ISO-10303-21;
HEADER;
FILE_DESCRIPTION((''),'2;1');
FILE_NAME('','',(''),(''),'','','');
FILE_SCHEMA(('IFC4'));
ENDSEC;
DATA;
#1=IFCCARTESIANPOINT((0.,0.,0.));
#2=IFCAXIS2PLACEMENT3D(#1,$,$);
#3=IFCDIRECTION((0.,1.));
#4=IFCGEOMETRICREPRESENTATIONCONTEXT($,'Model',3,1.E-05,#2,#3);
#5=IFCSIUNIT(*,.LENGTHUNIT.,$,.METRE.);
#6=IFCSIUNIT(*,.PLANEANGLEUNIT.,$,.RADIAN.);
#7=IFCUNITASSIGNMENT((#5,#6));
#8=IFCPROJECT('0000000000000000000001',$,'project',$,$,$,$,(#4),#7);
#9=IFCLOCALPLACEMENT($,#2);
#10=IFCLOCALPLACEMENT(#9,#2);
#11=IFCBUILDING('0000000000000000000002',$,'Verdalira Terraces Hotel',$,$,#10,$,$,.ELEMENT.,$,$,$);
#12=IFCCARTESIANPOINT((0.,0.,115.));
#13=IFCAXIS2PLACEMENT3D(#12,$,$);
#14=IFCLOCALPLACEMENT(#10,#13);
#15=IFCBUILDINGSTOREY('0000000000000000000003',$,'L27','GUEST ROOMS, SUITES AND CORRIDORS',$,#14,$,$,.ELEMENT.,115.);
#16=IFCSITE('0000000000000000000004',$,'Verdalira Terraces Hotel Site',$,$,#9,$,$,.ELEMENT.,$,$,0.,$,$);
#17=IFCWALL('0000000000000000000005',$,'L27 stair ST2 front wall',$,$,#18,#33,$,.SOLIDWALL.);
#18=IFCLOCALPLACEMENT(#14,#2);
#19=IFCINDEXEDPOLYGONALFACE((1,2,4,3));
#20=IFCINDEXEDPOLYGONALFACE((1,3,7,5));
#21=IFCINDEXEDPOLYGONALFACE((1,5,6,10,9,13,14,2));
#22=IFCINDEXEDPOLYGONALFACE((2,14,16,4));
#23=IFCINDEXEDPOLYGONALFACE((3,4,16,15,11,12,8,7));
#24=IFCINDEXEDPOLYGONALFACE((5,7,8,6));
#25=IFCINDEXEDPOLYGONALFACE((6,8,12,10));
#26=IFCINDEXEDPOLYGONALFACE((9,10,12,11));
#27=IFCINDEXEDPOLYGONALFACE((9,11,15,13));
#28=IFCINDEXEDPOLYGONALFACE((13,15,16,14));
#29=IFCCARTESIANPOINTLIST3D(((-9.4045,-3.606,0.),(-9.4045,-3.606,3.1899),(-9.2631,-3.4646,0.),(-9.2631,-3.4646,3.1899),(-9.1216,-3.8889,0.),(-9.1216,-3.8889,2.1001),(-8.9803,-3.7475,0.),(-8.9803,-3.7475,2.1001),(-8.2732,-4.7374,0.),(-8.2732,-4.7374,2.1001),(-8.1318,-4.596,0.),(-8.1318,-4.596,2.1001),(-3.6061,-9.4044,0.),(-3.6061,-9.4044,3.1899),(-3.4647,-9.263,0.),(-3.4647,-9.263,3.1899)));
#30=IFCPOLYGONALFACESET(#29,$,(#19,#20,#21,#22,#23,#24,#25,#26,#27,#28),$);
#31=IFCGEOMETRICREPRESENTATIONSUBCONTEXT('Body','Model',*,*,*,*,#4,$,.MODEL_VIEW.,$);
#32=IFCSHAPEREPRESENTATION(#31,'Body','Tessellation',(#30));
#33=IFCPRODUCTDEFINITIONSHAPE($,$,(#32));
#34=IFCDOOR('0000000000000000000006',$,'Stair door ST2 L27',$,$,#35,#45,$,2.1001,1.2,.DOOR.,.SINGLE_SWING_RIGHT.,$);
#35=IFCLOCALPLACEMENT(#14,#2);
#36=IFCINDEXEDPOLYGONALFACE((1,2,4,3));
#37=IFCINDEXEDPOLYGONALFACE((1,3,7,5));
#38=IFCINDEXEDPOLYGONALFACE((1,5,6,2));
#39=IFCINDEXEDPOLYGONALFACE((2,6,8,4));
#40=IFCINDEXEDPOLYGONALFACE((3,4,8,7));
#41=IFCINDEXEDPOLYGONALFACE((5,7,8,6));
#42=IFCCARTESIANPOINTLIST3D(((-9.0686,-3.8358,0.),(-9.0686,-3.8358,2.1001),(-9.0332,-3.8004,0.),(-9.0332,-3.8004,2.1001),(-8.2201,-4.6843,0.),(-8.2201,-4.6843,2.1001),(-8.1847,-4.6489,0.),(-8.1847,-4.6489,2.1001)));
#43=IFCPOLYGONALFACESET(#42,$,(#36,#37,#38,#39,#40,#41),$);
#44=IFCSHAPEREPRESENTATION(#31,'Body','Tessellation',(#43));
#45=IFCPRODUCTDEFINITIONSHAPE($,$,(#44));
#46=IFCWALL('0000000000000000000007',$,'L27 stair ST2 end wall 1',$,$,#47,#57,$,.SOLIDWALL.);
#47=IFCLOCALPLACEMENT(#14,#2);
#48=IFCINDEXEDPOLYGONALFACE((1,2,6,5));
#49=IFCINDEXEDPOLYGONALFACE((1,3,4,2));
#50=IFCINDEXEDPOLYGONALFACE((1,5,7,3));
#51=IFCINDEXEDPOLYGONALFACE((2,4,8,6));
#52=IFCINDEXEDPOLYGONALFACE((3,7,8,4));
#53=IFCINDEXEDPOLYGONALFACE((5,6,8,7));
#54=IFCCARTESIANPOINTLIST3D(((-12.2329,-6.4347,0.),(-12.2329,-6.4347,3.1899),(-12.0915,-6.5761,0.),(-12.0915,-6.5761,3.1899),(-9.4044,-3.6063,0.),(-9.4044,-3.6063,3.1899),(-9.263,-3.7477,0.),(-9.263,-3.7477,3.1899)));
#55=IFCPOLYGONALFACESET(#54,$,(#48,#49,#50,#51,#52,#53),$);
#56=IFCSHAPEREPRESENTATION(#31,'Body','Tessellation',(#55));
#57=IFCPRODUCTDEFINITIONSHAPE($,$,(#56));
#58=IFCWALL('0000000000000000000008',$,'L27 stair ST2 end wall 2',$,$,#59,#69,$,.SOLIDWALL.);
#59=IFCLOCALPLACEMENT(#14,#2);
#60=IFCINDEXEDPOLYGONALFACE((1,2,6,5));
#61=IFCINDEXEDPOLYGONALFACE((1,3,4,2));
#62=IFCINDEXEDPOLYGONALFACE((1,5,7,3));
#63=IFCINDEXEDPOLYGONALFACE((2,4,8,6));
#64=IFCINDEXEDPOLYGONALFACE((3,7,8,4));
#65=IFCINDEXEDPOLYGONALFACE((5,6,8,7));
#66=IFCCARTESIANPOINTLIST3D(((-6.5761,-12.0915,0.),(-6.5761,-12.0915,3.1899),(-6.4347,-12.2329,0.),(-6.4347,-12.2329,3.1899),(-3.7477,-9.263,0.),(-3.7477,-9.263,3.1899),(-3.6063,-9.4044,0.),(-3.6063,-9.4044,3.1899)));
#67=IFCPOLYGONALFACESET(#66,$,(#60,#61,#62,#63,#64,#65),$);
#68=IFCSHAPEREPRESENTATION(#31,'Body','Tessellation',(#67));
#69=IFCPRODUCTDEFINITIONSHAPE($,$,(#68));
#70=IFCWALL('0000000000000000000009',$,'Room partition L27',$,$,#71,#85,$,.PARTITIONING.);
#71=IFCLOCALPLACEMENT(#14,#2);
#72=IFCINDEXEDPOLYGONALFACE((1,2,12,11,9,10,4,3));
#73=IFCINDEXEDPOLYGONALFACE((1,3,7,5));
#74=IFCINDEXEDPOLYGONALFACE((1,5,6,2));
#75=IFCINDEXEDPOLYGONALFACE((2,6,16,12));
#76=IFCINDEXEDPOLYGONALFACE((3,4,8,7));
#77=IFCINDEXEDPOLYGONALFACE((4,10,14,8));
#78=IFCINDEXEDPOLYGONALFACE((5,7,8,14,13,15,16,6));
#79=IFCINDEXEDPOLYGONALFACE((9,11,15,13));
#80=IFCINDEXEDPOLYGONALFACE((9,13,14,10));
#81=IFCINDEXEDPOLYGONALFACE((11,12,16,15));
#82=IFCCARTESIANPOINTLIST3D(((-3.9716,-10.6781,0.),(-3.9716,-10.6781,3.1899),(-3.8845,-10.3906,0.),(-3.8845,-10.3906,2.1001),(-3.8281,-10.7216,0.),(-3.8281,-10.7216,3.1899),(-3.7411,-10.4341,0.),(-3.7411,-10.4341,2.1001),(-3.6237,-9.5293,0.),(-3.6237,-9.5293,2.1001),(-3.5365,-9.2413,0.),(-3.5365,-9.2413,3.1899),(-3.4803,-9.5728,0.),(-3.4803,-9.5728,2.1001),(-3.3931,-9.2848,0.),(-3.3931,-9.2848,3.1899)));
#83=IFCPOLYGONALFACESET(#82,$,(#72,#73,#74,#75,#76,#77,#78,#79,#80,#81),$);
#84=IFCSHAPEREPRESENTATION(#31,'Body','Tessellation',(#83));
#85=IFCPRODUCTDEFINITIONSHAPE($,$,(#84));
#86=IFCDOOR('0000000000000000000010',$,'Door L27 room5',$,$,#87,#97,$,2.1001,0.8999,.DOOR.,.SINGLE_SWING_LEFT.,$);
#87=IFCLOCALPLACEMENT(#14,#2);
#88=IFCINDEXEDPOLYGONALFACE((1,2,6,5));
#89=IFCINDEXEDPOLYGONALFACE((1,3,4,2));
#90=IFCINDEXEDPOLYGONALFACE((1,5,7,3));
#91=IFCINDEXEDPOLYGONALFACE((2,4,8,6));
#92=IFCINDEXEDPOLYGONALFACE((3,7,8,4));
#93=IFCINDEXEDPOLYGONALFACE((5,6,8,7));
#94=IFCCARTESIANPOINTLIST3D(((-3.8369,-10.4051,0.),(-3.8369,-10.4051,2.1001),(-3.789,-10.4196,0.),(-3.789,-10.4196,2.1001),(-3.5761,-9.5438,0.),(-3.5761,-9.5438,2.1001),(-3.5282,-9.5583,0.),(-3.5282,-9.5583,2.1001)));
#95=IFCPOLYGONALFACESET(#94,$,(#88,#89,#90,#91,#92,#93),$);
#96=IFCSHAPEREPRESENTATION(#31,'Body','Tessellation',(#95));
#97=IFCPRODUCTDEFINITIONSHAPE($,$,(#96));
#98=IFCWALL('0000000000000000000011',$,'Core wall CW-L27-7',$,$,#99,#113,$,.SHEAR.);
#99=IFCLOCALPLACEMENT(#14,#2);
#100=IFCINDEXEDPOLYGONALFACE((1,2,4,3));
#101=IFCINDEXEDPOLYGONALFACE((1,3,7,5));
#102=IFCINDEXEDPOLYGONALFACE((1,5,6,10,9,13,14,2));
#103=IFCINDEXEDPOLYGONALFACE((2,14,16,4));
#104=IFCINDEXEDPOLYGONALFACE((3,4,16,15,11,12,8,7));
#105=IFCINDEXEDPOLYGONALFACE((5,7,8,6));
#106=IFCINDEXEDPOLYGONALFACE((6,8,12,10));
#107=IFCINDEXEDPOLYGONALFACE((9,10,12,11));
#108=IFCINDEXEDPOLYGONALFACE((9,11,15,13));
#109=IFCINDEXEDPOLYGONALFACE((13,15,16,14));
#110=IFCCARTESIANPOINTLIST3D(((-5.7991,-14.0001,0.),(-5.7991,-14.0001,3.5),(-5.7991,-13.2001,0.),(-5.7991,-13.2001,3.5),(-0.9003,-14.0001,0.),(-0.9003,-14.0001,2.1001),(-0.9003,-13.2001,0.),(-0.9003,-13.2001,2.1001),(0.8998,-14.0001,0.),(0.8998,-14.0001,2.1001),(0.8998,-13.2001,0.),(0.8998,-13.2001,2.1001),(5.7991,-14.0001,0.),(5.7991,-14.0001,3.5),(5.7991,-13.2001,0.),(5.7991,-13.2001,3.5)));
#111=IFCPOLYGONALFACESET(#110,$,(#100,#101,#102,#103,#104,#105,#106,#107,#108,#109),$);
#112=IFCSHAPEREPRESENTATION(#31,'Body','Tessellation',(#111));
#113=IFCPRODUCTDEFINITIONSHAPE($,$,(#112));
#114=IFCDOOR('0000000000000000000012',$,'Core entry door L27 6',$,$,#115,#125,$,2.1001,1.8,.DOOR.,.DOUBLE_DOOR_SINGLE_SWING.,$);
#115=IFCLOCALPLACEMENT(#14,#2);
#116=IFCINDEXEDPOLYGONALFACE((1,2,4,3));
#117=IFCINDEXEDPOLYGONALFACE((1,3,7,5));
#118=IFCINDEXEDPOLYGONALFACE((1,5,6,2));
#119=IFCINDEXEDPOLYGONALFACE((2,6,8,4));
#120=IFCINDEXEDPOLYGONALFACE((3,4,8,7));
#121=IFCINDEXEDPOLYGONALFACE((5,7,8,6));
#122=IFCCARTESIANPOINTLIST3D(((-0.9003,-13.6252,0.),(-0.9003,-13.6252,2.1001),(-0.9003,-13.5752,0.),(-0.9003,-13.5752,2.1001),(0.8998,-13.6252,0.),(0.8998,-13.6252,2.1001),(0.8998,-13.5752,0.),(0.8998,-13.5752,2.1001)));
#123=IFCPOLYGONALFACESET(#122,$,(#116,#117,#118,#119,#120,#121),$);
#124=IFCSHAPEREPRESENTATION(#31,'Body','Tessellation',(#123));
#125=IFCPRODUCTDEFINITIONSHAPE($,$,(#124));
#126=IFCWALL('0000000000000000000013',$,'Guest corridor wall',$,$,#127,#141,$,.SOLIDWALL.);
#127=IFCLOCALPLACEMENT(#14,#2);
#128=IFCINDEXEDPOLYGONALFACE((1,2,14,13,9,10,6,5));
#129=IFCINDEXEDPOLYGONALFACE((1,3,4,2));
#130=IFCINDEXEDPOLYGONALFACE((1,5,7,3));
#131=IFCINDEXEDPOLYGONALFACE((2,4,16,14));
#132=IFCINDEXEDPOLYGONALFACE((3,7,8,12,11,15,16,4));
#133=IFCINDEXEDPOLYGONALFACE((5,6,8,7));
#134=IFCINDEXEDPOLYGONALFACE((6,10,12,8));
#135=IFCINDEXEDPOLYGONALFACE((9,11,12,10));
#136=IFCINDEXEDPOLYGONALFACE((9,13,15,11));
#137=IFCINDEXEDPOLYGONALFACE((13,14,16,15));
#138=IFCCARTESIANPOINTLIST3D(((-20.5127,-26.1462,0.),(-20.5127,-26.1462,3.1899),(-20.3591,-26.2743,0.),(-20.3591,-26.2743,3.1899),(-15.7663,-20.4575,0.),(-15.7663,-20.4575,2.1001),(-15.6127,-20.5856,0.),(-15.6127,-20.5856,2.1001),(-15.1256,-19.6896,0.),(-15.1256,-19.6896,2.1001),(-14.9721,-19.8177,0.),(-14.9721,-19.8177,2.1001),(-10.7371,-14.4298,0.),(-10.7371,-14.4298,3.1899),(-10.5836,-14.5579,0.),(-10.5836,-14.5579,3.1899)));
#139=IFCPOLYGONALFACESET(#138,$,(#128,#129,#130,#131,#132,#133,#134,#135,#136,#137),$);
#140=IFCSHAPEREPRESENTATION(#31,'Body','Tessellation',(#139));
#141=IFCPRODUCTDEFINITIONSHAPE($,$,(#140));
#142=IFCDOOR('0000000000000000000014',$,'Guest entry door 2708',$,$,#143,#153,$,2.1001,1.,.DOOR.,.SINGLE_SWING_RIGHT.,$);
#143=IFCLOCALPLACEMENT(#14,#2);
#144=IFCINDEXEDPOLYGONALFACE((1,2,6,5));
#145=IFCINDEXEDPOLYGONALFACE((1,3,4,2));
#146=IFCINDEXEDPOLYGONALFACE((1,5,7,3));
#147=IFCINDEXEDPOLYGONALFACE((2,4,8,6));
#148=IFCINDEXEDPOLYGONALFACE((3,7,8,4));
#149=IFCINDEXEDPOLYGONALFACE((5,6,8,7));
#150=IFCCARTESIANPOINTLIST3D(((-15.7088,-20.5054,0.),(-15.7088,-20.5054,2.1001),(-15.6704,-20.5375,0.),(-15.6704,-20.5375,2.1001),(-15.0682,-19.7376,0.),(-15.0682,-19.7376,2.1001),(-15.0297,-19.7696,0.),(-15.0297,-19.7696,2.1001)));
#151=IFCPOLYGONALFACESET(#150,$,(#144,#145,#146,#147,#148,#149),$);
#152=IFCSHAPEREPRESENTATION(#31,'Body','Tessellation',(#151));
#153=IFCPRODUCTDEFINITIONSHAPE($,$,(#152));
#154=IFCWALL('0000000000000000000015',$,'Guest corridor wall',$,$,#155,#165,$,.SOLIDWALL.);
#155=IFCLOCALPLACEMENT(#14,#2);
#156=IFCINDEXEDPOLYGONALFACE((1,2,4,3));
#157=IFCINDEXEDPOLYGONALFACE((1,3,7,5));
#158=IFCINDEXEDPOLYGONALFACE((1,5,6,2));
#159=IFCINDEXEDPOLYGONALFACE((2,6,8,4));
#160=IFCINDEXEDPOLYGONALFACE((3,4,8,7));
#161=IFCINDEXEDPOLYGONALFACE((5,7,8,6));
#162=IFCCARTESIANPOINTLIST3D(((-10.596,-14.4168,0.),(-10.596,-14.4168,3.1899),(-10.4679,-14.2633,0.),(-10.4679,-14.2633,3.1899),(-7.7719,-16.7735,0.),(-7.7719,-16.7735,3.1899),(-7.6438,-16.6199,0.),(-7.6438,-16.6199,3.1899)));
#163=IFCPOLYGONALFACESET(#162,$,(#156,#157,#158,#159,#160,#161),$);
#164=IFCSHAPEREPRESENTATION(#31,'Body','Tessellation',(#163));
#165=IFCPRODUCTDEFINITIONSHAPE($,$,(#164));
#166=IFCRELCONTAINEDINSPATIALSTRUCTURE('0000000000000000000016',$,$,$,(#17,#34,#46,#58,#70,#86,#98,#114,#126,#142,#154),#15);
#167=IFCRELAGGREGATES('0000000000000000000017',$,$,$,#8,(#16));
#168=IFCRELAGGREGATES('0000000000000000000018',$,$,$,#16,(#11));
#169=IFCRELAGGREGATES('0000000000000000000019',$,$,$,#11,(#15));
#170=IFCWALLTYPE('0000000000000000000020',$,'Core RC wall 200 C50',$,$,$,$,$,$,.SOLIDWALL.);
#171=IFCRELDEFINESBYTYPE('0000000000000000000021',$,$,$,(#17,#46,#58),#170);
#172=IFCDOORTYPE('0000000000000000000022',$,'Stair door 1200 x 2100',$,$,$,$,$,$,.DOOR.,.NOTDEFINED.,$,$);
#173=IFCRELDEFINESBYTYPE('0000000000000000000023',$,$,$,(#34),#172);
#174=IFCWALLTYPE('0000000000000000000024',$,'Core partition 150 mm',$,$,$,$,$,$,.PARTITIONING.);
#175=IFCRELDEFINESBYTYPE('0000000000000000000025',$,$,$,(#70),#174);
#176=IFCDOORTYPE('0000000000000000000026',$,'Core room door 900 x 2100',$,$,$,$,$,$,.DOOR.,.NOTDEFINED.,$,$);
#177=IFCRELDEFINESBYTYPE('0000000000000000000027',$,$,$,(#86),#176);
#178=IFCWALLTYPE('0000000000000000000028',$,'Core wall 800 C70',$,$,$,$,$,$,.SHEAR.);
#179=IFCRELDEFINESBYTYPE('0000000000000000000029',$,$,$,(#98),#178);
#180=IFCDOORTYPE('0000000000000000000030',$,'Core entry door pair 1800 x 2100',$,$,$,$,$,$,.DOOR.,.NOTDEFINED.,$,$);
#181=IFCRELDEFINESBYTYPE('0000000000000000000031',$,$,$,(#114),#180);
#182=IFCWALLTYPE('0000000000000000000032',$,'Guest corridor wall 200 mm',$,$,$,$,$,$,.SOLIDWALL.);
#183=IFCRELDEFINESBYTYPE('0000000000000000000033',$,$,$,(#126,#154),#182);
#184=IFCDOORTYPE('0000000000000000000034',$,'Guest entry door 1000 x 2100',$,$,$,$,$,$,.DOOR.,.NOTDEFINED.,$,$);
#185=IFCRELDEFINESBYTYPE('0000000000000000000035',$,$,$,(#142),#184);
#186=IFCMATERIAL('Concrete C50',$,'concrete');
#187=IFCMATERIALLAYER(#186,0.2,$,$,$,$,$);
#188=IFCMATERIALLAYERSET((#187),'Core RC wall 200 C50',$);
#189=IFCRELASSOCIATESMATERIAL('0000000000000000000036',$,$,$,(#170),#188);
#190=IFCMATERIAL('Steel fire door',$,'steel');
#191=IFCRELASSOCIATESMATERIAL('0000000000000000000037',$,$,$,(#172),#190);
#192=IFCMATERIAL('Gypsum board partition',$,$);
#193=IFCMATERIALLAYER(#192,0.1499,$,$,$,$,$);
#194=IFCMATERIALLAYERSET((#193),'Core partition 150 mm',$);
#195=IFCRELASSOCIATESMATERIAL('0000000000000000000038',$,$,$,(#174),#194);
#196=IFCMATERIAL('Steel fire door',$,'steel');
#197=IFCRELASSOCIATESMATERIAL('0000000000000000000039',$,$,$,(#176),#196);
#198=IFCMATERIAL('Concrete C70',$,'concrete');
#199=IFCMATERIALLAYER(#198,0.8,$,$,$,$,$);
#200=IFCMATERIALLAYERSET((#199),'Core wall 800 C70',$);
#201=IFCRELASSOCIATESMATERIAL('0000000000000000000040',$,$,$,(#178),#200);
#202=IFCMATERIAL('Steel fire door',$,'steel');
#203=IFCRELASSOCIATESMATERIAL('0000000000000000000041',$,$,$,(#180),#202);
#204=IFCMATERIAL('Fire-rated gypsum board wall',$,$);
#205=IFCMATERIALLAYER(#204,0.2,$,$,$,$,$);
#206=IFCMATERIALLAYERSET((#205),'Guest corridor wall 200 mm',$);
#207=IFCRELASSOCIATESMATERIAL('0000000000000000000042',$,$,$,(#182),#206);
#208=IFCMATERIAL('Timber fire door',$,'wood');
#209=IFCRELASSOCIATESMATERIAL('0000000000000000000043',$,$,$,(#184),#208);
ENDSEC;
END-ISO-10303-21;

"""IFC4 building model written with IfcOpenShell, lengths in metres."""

from ifc_helpers import new_model, si_unit, direction, frame, frame_2d, origin, place, context, subcontext, project, spatial, rectangle, extrude, material, layer, layer_set, type_object, element, fill, save


model = new_model("IFC4")

# Units and contexts
model_context = context("Model", 3, precision=1e-05, world=origin(), true_north=direction((0.0, 1.0)))
body_context = subcontext(model_context, "Body", "Model", "MODEL_VIEW")
ifc_project = project(units=[si_unit("LENGTHUNIT", "METRE"), si_unit("PLANEANGLEUNIT", "RADIAN")], contexts=[model_context])

# Site, building, storey
site_placement = place(None, origin())
site = spatial("IfcSite", under=ifc_project, at=site_placement, Name="Verdalira Terraces Hotel Site", CompositionType="ELEMENT", RefElevation=0.0)
building_placement = place(site_placement, origin())
building = spatial("IfcBuilding", under=site, at=building_placement, Name="Verdalira Terraces Hotel", CompositionType="ELEMENT")
storey_placement = place(building_placement, frame((0.0, 0.0, 115.0)))
storey = spatial("IfcBuildingStorey", under=building, at=storey_placement, Name="L27", Description="GUEST ROOMS, SUITES AND CORRIDORS", CompositionType="ELEMENT", Elevation=115.0)

# Wall, opening, door
ifc_material_1 = material(Name="Concrete C50", Category="concrete")
ifc_layer_1 = layer(ifc_material_1, 0.2)
ifc_layer_set_1 = layer_set([ifc_layer_1], Name="Core RC wall 200 C50")
wall_type_1 = type_object("IfcWallType", Name="Core RC wall 200 C50", PredefinedType="SOLIDWALL", material=ifc_layer_set_1)
wall_1_placement = place(storey_placement, frame((-3.5354, -9.3337, 0.0), z_axis=(0.0, 0.0, 1.0), x_axis=(-0.707107, 0.707107, 0.0)))
wall_1 = element("IfcWall", 1, at=wall_1_placement, inside=storey, type_object=wall_type_1, Name="L27 stair ST2 front wall", PredefinedType="SOLIDWALL", context=body_context, shape_type="SweptSolid", body=[
    extrude(rectangle(XDim=8.2002, YDim=0.2, at=frame_2d((4.1001, 0.0))), origin(), (0.0, 0.0, 1.0), 3.1899),
])
opening_1_placement = place(wall_1_placement, frame((6.6001, 0.0, 0.0)))
opening_1 = element("IfcOpeningElement", 2, at=opening_1_placement, cuts=wall_1, PredefinedType="OPENING", context=body_context, shape_type="SweptSolid", body=[
    extrude(rectangle(XDim=1.2, YDim=2.1001, at=frame_2d((0.6001, 1.05))), frame((0.0, 0.1099, 0.0), z_axis=(0.0, -1.0, 0.0), x_axis=(1.0, 0.0, 0.0)), (0.0, 0.0, 1.0), 0.22),
])
ifc_material_2 = material(Name="Steel fire door", Category="steel")
door_type_1 = type_object("IfcDoorType", Name="Stair door 1200 x 2100", OperationType="NOTDEFINED", PredefinedType="DOOR", material=ifc_material_2)
door_1_placement = place(opening_1_placement, origin())
door_1 = element("IfcDoor", 3, at=door_1_placement, inside=storey, type_object=door_type_1, Name="Stair door ST2 L27", OperationType="SINGLE_SWING_RIGHT", OverallHeight=2.1001, OverallWidth=1.2, PredefinedType="DOOR", context=body_context, shape_type="SweptSolid", body=[
    extrude(rectangle(XDim=1.2, YDim=2.1001, at=frame_2d((0.6001, 1.05))), frame((0.0, 0.0249, 0.0), z_axis=(0.0, -1.0, 0.0), x_axis=(1.0, 0.0, 0.0)), (0.0, 0.0, 1.0), 0.05),
])
fill(opening_1, door_1)

# Walls
for number, where, z_axis, x_axis, name in (
    (4, (-9.3337, -3.677, 0.0), (0.0, 0.0, 1.0), (-0.707107, -0.707107, 0.0), "L27 stair ST2 end wall 1"),
    (5, (-3.677, -9.3337, 0.0), (0.0, 0.0, 1.0), (-0.707107, -0.707107, 0.0), "L27 stair ST2 end wall 2"),
):
    element("IfcWall", number, at=place(storey_placement, frame(where, z_axis=z_axis, x_axis=x_axis)), inside=storey, type_object=wall_type_1, Name=name, PredefinedType="SOLIDWALL", context=body_context, shape_type="SweptSolid", body=[
        extrude(rectangle(XDim=4.0, YDim=0.2, at=frame_2d((2.0, 0.0))), origin(), (0.0, 0.0, 1.0), 3.1899),
    ])

# Walls, openings, doors
ifc_material_3 = material(Name="Gypsum board partition")
ifc_layer_2 = layer(ifc_material_3, 0.1499)
ifc_layer_set_2 = layer_set([ifc_layer_2], Name="Core partition 150 mm")
wall_type_2 = type_object("IfcWallType", Name="Core partition 150 mm", PredefinedType="PARTITIONING", material=ifc_layer_set_2)
wall_2_placement = place(storey_placement, frame((-3.4648, -9.2632, 0.0), z_axis=(0.0, 0.0, 1.0), x_axis=(-0.289809, -0.957085, 0.0)))
wall_2 = element("IfcWall", 6, at=wall_2_placement, inside=storey, type_object=wall_type_2, Name="Room partition L27", PredefinedType="PARTITIONING", context=body_context, shape_type="SweptSolid", body=[
    extrude(rectangle(XDim=1.5012, YDim=0.1499, at=frame_2d((0.7505, 0.0))), origin(), (0.0, 0.0, 1.0), 3.1899),
])
opening_2_placement = place(wall_2_placement, frame((0.3008, 0.0, 0.0)))
opening_2 = element("IfcOpeningElement", 7, at=opening_2_placement, cuts=wall_2, PredefinedType="OPENING", context=body_context, shape_type="SweptSolid", body=[
    extrude(rectangle(XDim=0.8999, YDim=2.1001, at=frame_2d((0.45, 1.05))), frame((0.0, 0.085, 0.0), z_axis=(0.0, -1.0, 0.0), x_axis=(1.0, 0.0, 0.0)), (0.0, 0.0, 1.0), 0.1699),
])
ifc_material_4 = material(Name="Steel fire door", Category="steel")
door_type_2 = type_object("IfcDoorType", Name="Core room door 900 x 2100", OperationType="NOTDEFINED", PredefinedType="DOOR", material=ifc_material_4)
door_2_placement = place(opening_2_placement, origin())
door_2 = element("IfcDoor", 8, at=door_2_placement, inside=storey, type_object=door_type_2, Name="Door L27 room5", OperationType="SINGLE_SWING_LEFT", OverallHeight=2.1001, OverallWidth=0.8999, PredefinedType="DOOR", context=body_context, shape_type="SweptSolid", body=[
    extrude(rectangle(XDim=0.8999, YDim=2.1001, at=frame_2d((0.45, 1.05))), frame((0.0, 0.0249, 0.0), z_axis=(0.0, -1.0, 0.0), x_axis=(1.0, 0.0, 0.0)), (0.0, 0.0, 1.0), 0.05),
])
fill(opening_2, door_2)
ifc_material_5 = material(Name="Concrete C70", Category="concrete")
ifc_layer_3 = layer(ifc_material_5, 0.8)
ifc_layer_set_3 = layer_set([ifc_layer_3], Name="Core wall 800 C70")
wall_type_3 = type_object("IfcWallType", Name="Core wall 800 C70", PredefinedType="SHEAR", material=ifc_layer_set_3)
wall_3_placement = place(storey_placement, frame((-5.7991, -13.6001, 0.0), z_axis=(0.0, 0.0, 1.0), x_axis=(1.0, 0.0, 0.0)))
wall_3 = element("IfcWall", 9, at=wall_3_placement, inside=storey, type_object=wall_type_3, Name="Core wall CW-L27-7", PredefinedType="SHEAR", context=body_context, shape_type="SweptSolid", body=[
    extrude(rectangle(XDim=11.5981, YDim=0.8, at=frame_2d((5.7991, 0.0))), origin(), (0.0, 0.0, 1.0), 3.5),
])
opening_3_placement = place(wall_3_placement, frame((4.8989, 0.0, 0.0)))
opening_3 = element("IfcOpeningElement", 10, at=opening_3_placement, cuts=wall_3, PredefinedType="OPENING", context=body_context, shape_type="SweptSolid", body=[
    extrude(rectangle(XDim=1.8, YDim=2.1001, at=frame_2d((0.8999, 1.05))), frame((0.0, 0.4099, 0.0), z_axis=(0.0, -1.0, 0.0), x_axis=(1.0, 0.0, 0.0)), (0.0, 0.0, 1.0), 0.8201),
])
ifc_material_6 = material(Name="Steel fire door", Category="steel")
door_type_3 = type_object("IfcDoorType", Name="Core entry door pair 1800 x 2100", OperationType="NOTDEFINED", PredefinedType="DOOR", material=ifc_material_6)
door_3_placement = place(opening_3_placement, origin())
door_3 = element("IfcDoor", 11, at=door_3_placement, inside=storey, type_object=door_type_3, Name="Core entry door L27 6", OperationType="DOUBLE_DOOR_SINGLE_SWING", OverallHeight=2.1001, OverallWidth=1.8, PredefinedType="DOOR", context=body_context, shape_type="SweptSolid", body=[
    extrude(rectangle(XDim=1.8, YDim=2.1001, at=frame_2d((0.8999, 1.05))), frame((0.0, 0.0249, 0.0), z_axis=(0.0, -1.0, 0.0), x_axis=(1.0, 0.0, 0.0)), (0.0, 0.0, 1.0), 0.05),
])
fill(opening_3, door_3)
ifc_material_7 = material(Name="Fire-rated gypsum board wall")
ifc_layer_4 = layer(ifc_material_7, 0.2)
ifc_layer_set_4 = layer_set([ifc_layer_4], Name="Guest corridor wall 200 mm")
wall_type_4 = type_object("IfcWallType", Name="Guest corridor wall 200 mm", PredefinedType="SOLIDWALL", material=ifc_layer_set_4)
wall_4_placement = place(storey_placement, frame((-10.6604, -14.4939, 0.0), z_axis=(0.0, 0.0, 1.0), x_axis=(-0.640642, -0.76784, 0.0)))
wall_4 = element("IfcWall", 12, at=wall_4_placement, inside=storey, type_object=wall_type_4, Name="Guest corridor wall", PredefinedType="SOLIDWALL", context=body_context, shape_type="SweptSolid", body=[
    extrude(rectangle(XDim=15.259, YDim=0.2, at=frame_2d((7.6294, 0.0))), origin(), (0.0, 0.0, 1.0), 3.1899),
])
opening_4_placement = place(wall_4_placement, frame((6.8501, 0.0, 0.0)))
opening_4 = element("IfcOpeningElement", 13, at=opening_4_placement, cuts=wall_4, PredefinedType="OPENING", context=body_context, shape_type="SweptSolid", body=[
    extrude(rectangle(XDim=1.0, YDim=2.1001, at=frame_2d((0.5, 1.05))), frame((0.0, 0.1099, 0.0), z_axis=(0.0, -1.0, 0.0), x_axis=(1.0, 0.0, 0.0)), (0.0, 0.0, 1.0), 0.22),
])
ifc_material_8 = material(Name="Timber fire door", Category="wood")
door_type_4 = type_object("IfcDoorType", Name="Guest entry door 1000 x 2100", OperationType="NOTDEFINED", PredefinedType="DOOR", material=ifc_material_8)
door_4_placement = place(opening_4_placement, origin())
door_4 = element("IfcDoor", 14, at=door_4_placement, inside=storey, type_object=door_type_4, Name="Guest entry door 2708", OperationType="SINGLE_SWING_RIGHT", OverallHeight=2.1001, OverallWidth=1.0, PredefinedType="DOOR", context=body_context, shape_type="SweptSolid", body=[
    extrude(rectangle(XDim=1.0, YDim=2.1001, at=frame_2d((0.5, 1.05))), frame((0.0, 0.0249, 0.0), z_axis=(0.0, -1.0, 0.0), x_axis=(1.0, 0.0, 0.0)), (0.0, 0.0, 1.0), 0.05),
])
fill(opening_4, door_4)

# Wall
wall_5_placement = place(storey_placement, frame((-10.532, -14.3401, 0.0), z_axis=(0.0, 0.0, 1.0), x_axis=(0.767797, -0.640693, 0.0)))
element("IfcWall", 15, at=wall_5_placement, inside=storey, type_object=wall_type_4, Name="Guest corridor wall", PredefinedType="SOLIDWALL", context=body_context, shape_type="SweptSolid", body=[
    extrude(rectangle(XDim=3.6782, YDim=0.2, at=frame_2d((1.8391, 0.0))), origin(), (0.0, 0.0, 1.0), 3.1899),
])

save(model, "model.ifc")
